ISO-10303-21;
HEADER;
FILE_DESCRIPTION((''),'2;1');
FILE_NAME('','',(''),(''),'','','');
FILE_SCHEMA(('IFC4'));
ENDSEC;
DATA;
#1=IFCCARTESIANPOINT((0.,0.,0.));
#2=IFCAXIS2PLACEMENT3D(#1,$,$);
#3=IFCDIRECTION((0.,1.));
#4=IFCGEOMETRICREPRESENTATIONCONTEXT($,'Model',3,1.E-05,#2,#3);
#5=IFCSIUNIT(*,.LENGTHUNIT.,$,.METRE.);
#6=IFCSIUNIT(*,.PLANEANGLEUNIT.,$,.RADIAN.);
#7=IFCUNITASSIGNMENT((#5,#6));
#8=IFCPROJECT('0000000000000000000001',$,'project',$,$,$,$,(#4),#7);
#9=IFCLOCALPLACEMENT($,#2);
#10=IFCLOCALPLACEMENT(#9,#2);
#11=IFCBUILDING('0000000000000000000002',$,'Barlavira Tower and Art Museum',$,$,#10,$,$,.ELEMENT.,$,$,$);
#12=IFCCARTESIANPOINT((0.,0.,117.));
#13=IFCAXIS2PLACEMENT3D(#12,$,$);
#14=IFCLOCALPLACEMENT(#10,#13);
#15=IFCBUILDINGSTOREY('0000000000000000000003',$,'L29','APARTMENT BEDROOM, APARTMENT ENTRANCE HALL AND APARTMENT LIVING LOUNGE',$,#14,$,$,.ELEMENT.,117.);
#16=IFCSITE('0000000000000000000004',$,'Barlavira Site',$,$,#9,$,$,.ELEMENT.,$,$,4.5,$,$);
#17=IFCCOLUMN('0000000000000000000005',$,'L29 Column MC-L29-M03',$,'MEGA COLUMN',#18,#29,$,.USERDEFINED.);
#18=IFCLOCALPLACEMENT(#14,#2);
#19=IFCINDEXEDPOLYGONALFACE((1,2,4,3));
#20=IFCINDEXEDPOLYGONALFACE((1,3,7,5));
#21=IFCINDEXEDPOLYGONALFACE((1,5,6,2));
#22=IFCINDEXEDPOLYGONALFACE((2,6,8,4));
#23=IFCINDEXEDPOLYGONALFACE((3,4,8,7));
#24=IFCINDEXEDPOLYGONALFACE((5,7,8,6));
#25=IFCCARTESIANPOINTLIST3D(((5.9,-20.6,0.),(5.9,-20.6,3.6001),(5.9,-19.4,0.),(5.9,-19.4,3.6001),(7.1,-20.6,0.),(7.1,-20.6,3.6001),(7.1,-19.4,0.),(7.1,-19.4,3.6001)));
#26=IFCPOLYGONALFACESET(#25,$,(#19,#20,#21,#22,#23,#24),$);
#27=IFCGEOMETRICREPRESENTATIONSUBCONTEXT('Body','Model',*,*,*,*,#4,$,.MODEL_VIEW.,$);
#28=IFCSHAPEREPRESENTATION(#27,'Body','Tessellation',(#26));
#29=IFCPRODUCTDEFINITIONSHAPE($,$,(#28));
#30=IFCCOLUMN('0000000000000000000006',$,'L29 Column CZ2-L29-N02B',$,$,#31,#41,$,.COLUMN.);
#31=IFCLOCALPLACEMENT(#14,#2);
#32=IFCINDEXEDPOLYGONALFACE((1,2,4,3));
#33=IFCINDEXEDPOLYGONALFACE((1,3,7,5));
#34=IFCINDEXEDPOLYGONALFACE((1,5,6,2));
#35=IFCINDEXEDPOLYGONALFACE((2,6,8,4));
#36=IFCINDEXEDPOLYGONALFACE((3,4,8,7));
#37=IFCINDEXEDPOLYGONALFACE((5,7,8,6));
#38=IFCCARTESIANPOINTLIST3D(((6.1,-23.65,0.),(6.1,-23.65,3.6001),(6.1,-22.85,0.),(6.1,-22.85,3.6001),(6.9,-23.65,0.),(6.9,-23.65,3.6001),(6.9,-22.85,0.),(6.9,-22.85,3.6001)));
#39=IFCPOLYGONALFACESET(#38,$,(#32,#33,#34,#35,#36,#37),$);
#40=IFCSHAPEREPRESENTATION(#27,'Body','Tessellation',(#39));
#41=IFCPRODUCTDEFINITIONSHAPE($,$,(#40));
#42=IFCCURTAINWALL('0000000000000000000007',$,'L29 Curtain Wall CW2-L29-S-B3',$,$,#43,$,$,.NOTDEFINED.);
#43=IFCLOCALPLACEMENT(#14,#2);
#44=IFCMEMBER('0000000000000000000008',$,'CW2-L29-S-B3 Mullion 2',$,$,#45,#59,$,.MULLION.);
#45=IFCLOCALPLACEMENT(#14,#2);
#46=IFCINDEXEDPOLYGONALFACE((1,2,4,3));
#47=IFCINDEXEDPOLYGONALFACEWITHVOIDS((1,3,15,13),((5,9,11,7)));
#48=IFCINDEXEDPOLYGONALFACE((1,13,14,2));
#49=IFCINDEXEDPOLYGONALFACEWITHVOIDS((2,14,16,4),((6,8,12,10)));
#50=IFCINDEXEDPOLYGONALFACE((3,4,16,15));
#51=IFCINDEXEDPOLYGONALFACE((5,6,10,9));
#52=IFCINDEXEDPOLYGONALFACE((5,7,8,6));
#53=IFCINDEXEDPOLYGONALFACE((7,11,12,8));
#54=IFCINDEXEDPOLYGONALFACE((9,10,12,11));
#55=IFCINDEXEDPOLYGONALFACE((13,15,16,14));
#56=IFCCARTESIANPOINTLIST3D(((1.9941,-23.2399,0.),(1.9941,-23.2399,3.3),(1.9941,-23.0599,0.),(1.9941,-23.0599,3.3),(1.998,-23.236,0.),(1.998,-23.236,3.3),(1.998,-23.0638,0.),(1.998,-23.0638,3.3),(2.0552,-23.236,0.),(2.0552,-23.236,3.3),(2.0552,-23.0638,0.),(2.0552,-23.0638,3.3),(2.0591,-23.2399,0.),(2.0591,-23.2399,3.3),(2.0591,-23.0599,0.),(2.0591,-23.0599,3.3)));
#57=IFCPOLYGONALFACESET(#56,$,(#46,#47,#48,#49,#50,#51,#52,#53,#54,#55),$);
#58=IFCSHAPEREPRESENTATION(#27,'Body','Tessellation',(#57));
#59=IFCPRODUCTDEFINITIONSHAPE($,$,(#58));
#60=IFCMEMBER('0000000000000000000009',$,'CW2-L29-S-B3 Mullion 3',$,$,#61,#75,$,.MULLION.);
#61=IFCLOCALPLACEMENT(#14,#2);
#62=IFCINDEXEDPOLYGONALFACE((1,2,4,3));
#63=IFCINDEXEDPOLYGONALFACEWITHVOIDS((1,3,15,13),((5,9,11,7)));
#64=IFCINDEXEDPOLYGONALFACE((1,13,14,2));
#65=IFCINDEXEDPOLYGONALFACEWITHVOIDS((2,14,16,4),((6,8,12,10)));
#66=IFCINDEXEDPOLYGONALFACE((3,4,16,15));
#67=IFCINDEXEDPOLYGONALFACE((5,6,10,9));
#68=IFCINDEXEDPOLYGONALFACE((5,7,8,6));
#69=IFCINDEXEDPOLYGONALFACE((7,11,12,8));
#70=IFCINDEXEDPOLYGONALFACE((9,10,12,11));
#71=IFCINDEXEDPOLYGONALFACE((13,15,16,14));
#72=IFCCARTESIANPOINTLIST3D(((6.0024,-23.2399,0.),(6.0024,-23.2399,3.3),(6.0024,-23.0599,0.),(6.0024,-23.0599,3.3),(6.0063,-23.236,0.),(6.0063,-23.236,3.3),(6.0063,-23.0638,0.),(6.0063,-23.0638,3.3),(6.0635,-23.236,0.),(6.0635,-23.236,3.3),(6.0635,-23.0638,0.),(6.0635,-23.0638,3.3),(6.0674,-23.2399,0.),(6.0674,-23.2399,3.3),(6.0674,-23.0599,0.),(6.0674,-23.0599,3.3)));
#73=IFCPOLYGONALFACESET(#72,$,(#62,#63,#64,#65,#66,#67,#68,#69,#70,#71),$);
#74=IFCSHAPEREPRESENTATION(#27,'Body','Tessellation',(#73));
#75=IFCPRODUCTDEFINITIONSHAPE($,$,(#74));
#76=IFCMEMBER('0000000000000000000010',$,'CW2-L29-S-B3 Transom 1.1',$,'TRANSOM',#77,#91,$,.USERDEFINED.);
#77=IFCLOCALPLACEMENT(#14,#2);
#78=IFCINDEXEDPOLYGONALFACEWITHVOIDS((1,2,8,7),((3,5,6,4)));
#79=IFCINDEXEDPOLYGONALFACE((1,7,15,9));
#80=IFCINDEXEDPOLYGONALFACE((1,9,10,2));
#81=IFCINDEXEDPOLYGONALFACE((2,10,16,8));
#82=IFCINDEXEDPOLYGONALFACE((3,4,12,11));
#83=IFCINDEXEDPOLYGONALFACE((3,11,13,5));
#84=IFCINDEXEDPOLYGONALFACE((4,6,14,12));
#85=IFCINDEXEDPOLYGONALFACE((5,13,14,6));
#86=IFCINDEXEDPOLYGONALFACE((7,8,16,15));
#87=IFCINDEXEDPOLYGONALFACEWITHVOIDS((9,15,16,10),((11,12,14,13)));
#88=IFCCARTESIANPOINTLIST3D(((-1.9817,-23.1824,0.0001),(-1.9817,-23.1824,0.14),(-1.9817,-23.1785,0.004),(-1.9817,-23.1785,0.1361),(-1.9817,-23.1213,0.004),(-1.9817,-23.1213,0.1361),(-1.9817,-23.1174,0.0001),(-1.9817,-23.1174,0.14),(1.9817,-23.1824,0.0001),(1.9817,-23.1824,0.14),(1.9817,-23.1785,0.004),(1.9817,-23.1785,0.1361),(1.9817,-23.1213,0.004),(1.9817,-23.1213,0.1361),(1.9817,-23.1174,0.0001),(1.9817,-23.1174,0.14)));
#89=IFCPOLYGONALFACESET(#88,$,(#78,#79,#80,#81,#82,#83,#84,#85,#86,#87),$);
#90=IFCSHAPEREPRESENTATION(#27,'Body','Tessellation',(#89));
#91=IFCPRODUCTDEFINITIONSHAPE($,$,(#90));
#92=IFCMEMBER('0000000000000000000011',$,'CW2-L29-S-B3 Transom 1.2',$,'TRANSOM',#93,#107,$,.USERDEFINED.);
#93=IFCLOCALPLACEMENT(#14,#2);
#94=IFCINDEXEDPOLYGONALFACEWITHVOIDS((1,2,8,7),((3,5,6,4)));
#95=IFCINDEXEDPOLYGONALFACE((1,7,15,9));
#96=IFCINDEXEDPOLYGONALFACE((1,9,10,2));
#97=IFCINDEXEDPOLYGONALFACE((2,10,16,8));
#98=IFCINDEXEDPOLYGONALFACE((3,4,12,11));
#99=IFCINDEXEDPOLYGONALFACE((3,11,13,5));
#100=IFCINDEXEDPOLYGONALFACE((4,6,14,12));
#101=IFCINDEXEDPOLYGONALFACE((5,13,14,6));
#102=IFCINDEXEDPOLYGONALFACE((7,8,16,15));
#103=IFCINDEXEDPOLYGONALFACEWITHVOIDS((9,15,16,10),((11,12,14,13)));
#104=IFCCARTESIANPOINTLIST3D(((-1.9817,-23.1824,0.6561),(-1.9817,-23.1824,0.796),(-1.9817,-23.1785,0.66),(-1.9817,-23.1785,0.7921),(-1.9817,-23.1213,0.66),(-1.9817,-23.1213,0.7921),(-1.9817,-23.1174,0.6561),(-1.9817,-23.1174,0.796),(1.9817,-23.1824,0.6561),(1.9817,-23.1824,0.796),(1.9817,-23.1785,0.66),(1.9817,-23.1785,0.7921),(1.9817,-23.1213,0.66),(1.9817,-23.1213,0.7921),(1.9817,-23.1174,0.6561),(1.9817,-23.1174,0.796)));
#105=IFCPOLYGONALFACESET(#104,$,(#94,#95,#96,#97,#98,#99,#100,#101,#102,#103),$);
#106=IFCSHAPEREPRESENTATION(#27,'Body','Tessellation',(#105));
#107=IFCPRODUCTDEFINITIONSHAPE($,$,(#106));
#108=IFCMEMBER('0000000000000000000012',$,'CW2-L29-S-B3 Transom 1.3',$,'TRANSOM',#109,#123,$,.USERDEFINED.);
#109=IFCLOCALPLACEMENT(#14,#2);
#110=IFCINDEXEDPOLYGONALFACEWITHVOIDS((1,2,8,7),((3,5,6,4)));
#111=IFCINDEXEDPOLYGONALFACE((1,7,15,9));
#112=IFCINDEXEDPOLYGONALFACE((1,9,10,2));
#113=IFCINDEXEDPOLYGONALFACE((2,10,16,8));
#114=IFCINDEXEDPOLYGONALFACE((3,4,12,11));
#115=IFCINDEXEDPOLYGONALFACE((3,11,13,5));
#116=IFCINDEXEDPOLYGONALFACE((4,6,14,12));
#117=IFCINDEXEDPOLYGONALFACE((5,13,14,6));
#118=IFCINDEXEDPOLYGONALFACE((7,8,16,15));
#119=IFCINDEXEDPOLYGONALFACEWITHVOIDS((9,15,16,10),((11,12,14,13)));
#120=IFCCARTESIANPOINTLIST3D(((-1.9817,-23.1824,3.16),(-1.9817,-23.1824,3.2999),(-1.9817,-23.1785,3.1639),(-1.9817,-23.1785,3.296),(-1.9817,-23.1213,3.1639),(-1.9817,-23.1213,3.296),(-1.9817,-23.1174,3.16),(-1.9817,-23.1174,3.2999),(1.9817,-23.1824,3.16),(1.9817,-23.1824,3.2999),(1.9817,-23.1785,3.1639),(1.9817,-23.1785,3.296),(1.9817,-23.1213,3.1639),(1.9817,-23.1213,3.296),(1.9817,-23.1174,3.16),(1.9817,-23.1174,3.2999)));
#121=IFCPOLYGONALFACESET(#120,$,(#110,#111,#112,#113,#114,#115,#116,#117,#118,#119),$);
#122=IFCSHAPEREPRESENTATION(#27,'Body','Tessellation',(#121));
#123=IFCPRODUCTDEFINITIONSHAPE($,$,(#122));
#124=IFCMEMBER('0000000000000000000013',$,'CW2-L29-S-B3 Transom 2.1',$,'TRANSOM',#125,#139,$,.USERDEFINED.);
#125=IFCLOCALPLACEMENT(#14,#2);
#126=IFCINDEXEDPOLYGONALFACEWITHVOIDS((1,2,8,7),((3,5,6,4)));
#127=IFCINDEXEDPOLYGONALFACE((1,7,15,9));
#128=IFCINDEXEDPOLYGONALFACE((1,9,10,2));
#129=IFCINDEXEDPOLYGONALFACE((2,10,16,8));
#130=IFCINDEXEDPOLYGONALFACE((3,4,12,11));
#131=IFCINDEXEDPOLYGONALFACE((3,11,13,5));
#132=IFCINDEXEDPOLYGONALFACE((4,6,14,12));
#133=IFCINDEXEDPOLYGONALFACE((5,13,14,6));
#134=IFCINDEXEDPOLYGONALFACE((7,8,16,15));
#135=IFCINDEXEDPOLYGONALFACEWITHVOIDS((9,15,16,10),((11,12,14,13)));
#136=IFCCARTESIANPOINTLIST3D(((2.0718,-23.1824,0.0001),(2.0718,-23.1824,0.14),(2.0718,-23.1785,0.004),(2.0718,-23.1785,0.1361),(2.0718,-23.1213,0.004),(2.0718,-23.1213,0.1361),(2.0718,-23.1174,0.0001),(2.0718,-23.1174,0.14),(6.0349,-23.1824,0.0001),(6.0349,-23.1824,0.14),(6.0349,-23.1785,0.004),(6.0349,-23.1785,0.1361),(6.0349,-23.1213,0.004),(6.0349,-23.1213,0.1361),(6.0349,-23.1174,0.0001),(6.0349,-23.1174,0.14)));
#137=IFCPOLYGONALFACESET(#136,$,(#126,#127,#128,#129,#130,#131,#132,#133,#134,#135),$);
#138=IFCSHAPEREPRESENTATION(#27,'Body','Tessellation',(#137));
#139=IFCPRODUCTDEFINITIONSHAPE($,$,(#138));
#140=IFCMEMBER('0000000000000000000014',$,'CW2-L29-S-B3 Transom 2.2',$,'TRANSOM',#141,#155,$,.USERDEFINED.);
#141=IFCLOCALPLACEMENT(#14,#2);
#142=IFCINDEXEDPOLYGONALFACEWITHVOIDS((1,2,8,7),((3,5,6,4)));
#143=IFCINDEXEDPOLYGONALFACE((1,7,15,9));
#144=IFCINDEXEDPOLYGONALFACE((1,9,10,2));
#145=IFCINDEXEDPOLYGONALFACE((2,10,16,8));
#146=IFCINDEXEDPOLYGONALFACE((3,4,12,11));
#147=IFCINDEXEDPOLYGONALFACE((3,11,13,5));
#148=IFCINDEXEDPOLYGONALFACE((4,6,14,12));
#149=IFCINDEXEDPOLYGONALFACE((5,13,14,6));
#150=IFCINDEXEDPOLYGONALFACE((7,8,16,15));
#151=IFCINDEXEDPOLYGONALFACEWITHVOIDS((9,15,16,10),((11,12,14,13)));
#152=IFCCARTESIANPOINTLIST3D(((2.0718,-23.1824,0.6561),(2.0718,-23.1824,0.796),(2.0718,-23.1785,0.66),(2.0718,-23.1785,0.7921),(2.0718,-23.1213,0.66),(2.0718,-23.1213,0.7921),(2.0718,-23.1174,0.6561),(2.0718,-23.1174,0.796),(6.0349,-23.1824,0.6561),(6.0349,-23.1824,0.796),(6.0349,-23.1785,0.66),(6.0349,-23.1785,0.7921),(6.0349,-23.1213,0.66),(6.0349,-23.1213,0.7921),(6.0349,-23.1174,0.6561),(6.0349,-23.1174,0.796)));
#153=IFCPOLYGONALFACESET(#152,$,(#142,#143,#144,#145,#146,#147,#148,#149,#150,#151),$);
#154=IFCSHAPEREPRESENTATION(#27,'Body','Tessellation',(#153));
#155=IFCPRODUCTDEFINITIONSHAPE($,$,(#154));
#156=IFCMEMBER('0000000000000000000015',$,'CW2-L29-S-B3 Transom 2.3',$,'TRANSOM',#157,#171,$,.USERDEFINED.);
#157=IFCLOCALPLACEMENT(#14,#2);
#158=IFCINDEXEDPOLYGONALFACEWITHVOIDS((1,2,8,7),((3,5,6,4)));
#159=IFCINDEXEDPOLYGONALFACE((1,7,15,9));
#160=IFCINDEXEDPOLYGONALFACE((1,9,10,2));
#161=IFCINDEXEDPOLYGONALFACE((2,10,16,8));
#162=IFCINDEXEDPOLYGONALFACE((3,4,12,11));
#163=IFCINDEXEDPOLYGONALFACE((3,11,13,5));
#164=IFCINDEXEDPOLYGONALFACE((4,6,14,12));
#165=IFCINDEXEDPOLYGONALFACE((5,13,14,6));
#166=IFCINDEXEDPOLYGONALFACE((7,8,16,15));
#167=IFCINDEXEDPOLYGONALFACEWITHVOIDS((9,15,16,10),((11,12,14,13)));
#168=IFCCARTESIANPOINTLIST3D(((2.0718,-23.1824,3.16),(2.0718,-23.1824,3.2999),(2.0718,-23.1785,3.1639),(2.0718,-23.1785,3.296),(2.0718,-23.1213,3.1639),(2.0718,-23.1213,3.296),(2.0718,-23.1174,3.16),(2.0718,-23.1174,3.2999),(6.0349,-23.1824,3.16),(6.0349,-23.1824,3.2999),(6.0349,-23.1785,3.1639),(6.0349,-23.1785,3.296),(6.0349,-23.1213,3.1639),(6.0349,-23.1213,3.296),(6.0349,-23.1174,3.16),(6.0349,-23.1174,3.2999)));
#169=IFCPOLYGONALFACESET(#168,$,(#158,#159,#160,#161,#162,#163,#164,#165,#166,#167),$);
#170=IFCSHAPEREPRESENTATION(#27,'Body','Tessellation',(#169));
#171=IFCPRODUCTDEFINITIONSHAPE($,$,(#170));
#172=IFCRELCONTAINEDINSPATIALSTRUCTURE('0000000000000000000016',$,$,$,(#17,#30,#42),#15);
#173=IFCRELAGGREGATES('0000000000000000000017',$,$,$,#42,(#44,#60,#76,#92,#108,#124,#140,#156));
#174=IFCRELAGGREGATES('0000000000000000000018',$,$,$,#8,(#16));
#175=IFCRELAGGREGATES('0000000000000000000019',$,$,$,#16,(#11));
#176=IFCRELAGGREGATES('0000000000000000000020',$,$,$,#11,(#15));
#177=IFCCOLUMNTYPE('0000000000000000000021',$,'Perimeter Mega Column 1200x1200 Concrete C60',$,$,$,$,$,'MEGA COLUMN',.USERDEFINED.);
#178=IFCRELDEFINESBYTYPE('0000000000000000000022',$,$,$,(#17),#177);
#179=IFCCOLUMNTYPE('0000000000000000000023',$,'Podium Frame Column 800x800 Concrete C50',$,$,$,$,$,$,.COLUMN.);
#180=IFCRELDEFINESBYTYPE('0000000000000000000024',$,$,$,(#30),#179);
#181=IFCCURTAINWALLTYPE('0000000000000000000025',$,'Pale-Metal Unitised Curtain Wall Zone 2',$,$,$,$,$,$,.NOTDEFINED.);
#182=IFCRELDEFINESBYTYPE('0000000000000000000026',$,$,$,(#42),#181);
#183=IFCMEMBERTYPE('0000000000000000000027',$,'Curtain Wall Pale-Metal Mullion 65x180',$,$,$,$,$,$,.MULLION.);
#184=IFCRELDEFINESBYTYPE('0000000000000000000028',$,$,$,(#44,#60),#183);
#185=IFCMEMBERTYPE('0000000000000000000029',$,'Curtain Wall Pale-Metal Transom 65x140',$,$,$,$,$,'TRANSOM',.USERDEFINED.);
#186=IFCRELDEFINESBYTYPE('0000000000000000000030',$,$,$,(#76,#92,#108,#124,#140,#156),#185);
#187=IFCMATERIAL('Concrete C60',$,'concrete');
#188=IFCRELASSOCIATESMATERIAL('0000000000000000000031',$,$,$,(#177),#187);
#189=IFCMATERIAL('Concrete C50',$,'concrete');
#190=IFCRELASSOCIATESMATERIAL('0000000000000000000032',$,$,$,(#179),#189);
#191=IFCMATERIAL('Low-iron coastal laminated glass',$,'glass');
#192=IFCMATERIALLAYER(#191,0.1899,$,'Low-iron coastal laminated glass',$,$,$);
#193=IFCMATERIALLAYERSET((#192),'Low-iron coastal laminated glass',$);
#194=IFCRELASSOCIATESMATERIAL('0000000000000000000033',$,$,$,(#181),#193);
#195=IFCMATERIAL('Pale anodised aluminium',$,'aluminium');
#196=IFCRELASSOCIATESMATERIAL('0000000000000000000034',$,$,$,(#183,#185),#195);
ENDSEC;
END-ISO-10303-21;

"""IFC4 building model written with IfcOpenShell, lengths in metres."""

from ifc_helpers import new_model, si_unit, direction, frame, origin, origin_2d, place, context, subcontext, project, spatial, rectangle, hollow_rectangle, extrude, material, layer, layer_set, material_profile, profile_set, type_object, element, aggregate, save


model = new_model("IFC4")

# Units and contexts
model_context = context("Model", 3, precision=1e-05, world=origin(), true_north=direction((0.0, 1.0)))
body_context = subcontext(model_context, "Body", "Model", "MODEL_VIEW")
ifc_project = project(units=[si_unit("LENGTHUNIT", "METRE"), si_unit("PLANEANGLEUNIT", "RADIAN")], contexts=[model_context])

# Site, building, storey
site_placement = place(None, origin())
site = spatial("IfcSite", under=ifc_project, at=site_placement, Name="Barlavira Site", CompositionType="ELEMENT", RefElevation=4.5)
building_placement = place(site_placement, origin())
building = spatial("IfcBuilding", under=site, at=building_placement, Name="Barlavira Tower and Art Museum", CompositionType="ELEMENT")
storey_placement = place(building_placement, frame((0.0, 0.0, 117.0)))
storey = spatial("IfcBuildingStorey", under=building, at=storey_placement, Name="L29", Description="APARTMENT BEDROOM, APARTMENT ENTRANCE HALL AND APARTMENT LIVING LOUNGE", CompositionType="ELEMENT", Elevation=117.0)

# Columns
ifc_material_1 = material(Name="Concrete C60", Category="concrete")
ifc_material_profile_1 = material_profile(ifc_material_1, rectangle(XDim=1.2, YDim=1.2, at=origin_2d()), Name="RC-COL 1200x1200")
ifc_profile_set_1 = profile_set([ifc_material_profile_1], Name="Concrete C60")
column_type_1 = type_object("IfcColumnType", Name="Perimeter Mega Column 1200x1200 Concrete C60", ElementType="MEGA COLUMN", PredefinedType="USERDEFINED", material=ifc_profile_set_1)
column_1_placement = place(storey_placement, frame((6.5, -20.0, 0.0), z_axis=(0.0, 0.0, 1.0), x_axis=(1.0, 0.0, 0.0)))
element("IfcColumn", 1, at=column_1_placement, inside=storey, type_object=column_type_1, Name="L29 Column MC-L29-M03", ObjectType="MEGA COLUMN", PredefinedType="USERDEFINED", context=body_context, shape_type="SweptSolid", body=[
    extrude(rectangle(XDim=1.2, YDim=1.2, at=origin_2d()), origin(), (0.0, 0.0, 1.0), 3.6001),
])
ifc_material_2 = material(Name="Concrete C50", Category="concrete")
ifc_material_profile_2 = material_profile(ifc_material_2, rectangle(XDim=0.8, YDim=0.8, at=origin_2d()), Name="RC-COL 800x800")
ifc_profile_set_2 = profile_set([ifc_material_profile_2], Name="Concrete C50")
column_type_2 = type_object("IfcColumnType", Name="Podium Frame Column 800x800 Concrete C50", PredefinedType="COLUMN", material=ifc_profile_set_2)
column_2_placement = place(storey_placement, frame((6.5, -23.25, 0.0), z_axis=(0.0, 0.0, 1.0), x_axis=(1.0, 0.0, 0.0)))
element("IfcColumn", 2, at=column_2_placement, inside=storey, type_object=column_type_2, Name="L29 Column CZ2-L29-N02B", PredefinedType="COLUMN", context=body_context, shape_type="SweptSolid", body=[
    extrude(rectangle(XDim=0.8, YDim=0.8, at=origin_2d()), origin(), (0.0, 0.0, 1.0), 3.6001),
])

# Curtain wall, members
ifc_material_3 = material(Name="Low-iron coastal laminated glass", Category="glass")
ifc_layer_1 = layer(ifc_material_3, 0.1899, Name="Low-iron coastal laminated glass")
ifc_layer_set_1 = layer_set([ifc_layer_1], Name="Low-iron coastal laminated glass")
curtain_wall_type = type_object("IfcCurtainWallType", Name="Pale-Metal Unitised Curtain Wall Zone 2", PredefinedType="NOTDEFINED", material=ifc_layer_set_1)
curtain_wall_placement = place(storey_placement, origin())
curtain_wall = element("IfcCurtainWall", 3, at=curtain_wall_placement, inside=storey, type_object=curtain_wall_type, Name="L29 Curtain Wall CW2-L29-S-B3", PredefinedType="NOTDEFINED")
ifc_material_4 = material(Name="Pale anodised aluminium", Category="aluminium")
ifc_material_profile_3 = material_profile(ifc_material_4, hollow_rectangle(XDim=0.0649, YDim=0.1799, WallThickness=0.0039, at=origin_2d()), Name="ALU-MULL 65x180x4")
ifc_profile_set_3 = profile_set([ifc_material_profile_3], Name="Pale anodised aluminium")
member_type_1 = type_object("IfcMemberType", Name="Curtain Wall Pale-Metal Mullion 65x180", PredefinedType="MULLION", material=ifc_profile_set_3)
member_1_placement = place(storey_placement, frame((2.0266, -23.1499, 0.0), z_axis=(0.0, 0.0, 1.0), x_axis=(1.0, 0.0, 0.0)))
member_1 = element("IfcMember", 4, at=member_1_placement, type_object=member_type_1, Name="CW2-L29-S-B3 Mullion 2", PredefinedType="MULLION", context=body_context, shape_type="SweptSolid", body=[
    extrude(hollow_rectangle(XDim=0.0649, YDim=0.1799, WallThickness=0.0039, at=origin_2d()), origin(), (0.0, 0.0, 1.0), 3.3),
])
member_2_placement = place(storey_placement, frame((6.0349, -23.1499, 0.0), z_axis=(0.0, 0.0, 1.0), x_axis=(1.0, 0.0, 0.0)))
member_2 = element("IfcMember", 5, at=member_2_placement, type_object=member_type_1, Name="CW2-L29-S-B3 Mullion 3", PredefinedType="MULLION", context=body_context, shape_type="SweptSolid", body=[
    extrude(hollow_rectangle(XDim=0.0649, YDim=0.1799, WallThickness=0.0039, at=origin_2d()), origin(), (0.0, 0.0, 1.0), 3.3),
])
ifc_material_profile_4 = material_profile(ifc_material_4, hollow_rectangle(XDim=0.0649, YDim=0.1399, WallThickness=0.0039, at=origin_2d()), Name="ALU-TRAN 65x140x4")
ifc_profile_set_4 = profile_set([ifc_material_profile_4], Name="Pale anodised aluminium")
member_type_2 = type_object("IfcMemberType", Name="Curtain Wall Pale-Metal Transom 65x140", ElementType="TRANSOM", PredefinedType="USERDEFINED", material=ifc_profile_set_4)
member_3_placement = place(storey_placement, frame((-1.9817, -23.1499, 0.0701), z_axis=(1.0, 0.0, 0.0), x_axis=(0.0, 1.0, 0.0)))
member_3 = element("IfcMember", 6, at=member_3_placement, type_object=member_type_2, Name="CW2-L29-S-B3 Transom 1.1", ObjectType="TRANSOM", PredefinedType="USERDEFINED", context=body_context, shape_type="SweptSolid", body=[
    extrude(hollow_rectangle(XDim=0.0649, YDim=0.1399, WallThickness=0.0039, at=origin_2d()), origin(), (0.0, 0.0, 1.0), 3.9634),
])
member_4_placement = place(storey_placement, frame((-1.9817, -23.1499, 0.7261), z_axis=(1.0, 0.0, 0.0), x_axis=(0.0, 1.0, 0.0)))
member_4 = element("IfcMember", 7, at=member_4_placement, type_object=member_type_2, Name="CW2-L29-S-B3 Transom 1.2", ObjectType="TRANSOM", PredefinedType="USERDEFINED", context=body_context, shape_type="SweptSolid", body=[
    extrude(hollow_rectangle(XDim=0.0649, YDim=0.1399, WallThickness=0.0039, at=origin_2d()), origin(), (0.0, 0.0, 1.0), 3.9634),
])
member_5_placement = place(storey_placement, frame((-1.9817, -23.1499, 3.23), z_axis=(1.0, 0.0, 0.0), x_axis=(0.0, 1.0, 0.0)))
member_5 = element("IfcMember", 8, at=member_5_placement, type_object=member_type_2, Name="CW2-L29-S-B3 Transom 1.3", ObjectType="TRANSOM", PredefinedType="USERDEFINED", context=body_context, shape_type="SweptSolid", body=[
    extrude(hollow_rectangle(XDim=0.0649, YDim=0.1399, WallThickness=0.0039, at=origin_2d()), origin(), (0.0, 0.0, 1.0), 3.9634),
])
member_6_placement = place(storey_placement, frame((2.0718, -23.1499, 0.0701), z_axis=(1.0, 0.0, 0.0), x_axis=(0.0, 1.0, 0.0)))
member_6 = element("IfcMember", 9, at=member_6_placement, type_object=member_type_2, Name="CW2-L29-S-B3 Transom 2.1", ObjectType="TRANSOM", PredefinedType="USERDEFINED", context=body_context, shape_type="SweptSolid", body=[
    extrude(hollow_rectangle(XDim=0.0649, YDim=0.1399, WallThickness=0.0039, at=origin_2d()), origin(), (0.0, 0.0, 1.0), 3.9631),
])
member_7_placement = place(storey_placement, frame((2.0718, -23.1499, 0.7261), z_axis=(1.0, 0.0, 0.0), x_axis=(0.0, 1.0, 0.0)))
member_7 = element("IfcMember", 10, at=member_7_placement, type_object=member_type_2, Name="CW2-L29-S-B3 Transom 2.2", ObjectType="TRANSOM", PredefinedType="USERDEFINED", context=body_context, shape_type="SweptSolid", body=[
    extrude(hollow_rectangle(XDim=0.0649, YDim=0.1399, WallThickness=0.0039, at=origin_2d()), origin(), (0.0, 0.0, 1.0), 3.9631),
])
member_8_placement = place(storey_placement, frame((2.0718, -23.1499, 3.23), z_axis=(1.0, 0.0, 0.0), x_axis=(0.0, 1.0, 0.0)))
member_8 = element("IfcMember", 11, at=member_8_placement, type_object=member_type_2, Name="CW2-L29-S-B3 Transom 2.3", ObjectType="TRANSOM", PredefinedType="USERDEFINED", context=body_context, shape_type="SweptSolid", body=[
    extrude(hollow_rectangle(XDim=0.0649, YDim=0.1399, WallThickness=0.0039, at=origin_2d()), origin(), (0.0, 0.0, 1.0), 3.9631),
])

aggregate(curtain_wall, [member_1, member_2, member_3, member_4, member_5, member_6, member_7, member_8])

save(model, "model.ifc")
